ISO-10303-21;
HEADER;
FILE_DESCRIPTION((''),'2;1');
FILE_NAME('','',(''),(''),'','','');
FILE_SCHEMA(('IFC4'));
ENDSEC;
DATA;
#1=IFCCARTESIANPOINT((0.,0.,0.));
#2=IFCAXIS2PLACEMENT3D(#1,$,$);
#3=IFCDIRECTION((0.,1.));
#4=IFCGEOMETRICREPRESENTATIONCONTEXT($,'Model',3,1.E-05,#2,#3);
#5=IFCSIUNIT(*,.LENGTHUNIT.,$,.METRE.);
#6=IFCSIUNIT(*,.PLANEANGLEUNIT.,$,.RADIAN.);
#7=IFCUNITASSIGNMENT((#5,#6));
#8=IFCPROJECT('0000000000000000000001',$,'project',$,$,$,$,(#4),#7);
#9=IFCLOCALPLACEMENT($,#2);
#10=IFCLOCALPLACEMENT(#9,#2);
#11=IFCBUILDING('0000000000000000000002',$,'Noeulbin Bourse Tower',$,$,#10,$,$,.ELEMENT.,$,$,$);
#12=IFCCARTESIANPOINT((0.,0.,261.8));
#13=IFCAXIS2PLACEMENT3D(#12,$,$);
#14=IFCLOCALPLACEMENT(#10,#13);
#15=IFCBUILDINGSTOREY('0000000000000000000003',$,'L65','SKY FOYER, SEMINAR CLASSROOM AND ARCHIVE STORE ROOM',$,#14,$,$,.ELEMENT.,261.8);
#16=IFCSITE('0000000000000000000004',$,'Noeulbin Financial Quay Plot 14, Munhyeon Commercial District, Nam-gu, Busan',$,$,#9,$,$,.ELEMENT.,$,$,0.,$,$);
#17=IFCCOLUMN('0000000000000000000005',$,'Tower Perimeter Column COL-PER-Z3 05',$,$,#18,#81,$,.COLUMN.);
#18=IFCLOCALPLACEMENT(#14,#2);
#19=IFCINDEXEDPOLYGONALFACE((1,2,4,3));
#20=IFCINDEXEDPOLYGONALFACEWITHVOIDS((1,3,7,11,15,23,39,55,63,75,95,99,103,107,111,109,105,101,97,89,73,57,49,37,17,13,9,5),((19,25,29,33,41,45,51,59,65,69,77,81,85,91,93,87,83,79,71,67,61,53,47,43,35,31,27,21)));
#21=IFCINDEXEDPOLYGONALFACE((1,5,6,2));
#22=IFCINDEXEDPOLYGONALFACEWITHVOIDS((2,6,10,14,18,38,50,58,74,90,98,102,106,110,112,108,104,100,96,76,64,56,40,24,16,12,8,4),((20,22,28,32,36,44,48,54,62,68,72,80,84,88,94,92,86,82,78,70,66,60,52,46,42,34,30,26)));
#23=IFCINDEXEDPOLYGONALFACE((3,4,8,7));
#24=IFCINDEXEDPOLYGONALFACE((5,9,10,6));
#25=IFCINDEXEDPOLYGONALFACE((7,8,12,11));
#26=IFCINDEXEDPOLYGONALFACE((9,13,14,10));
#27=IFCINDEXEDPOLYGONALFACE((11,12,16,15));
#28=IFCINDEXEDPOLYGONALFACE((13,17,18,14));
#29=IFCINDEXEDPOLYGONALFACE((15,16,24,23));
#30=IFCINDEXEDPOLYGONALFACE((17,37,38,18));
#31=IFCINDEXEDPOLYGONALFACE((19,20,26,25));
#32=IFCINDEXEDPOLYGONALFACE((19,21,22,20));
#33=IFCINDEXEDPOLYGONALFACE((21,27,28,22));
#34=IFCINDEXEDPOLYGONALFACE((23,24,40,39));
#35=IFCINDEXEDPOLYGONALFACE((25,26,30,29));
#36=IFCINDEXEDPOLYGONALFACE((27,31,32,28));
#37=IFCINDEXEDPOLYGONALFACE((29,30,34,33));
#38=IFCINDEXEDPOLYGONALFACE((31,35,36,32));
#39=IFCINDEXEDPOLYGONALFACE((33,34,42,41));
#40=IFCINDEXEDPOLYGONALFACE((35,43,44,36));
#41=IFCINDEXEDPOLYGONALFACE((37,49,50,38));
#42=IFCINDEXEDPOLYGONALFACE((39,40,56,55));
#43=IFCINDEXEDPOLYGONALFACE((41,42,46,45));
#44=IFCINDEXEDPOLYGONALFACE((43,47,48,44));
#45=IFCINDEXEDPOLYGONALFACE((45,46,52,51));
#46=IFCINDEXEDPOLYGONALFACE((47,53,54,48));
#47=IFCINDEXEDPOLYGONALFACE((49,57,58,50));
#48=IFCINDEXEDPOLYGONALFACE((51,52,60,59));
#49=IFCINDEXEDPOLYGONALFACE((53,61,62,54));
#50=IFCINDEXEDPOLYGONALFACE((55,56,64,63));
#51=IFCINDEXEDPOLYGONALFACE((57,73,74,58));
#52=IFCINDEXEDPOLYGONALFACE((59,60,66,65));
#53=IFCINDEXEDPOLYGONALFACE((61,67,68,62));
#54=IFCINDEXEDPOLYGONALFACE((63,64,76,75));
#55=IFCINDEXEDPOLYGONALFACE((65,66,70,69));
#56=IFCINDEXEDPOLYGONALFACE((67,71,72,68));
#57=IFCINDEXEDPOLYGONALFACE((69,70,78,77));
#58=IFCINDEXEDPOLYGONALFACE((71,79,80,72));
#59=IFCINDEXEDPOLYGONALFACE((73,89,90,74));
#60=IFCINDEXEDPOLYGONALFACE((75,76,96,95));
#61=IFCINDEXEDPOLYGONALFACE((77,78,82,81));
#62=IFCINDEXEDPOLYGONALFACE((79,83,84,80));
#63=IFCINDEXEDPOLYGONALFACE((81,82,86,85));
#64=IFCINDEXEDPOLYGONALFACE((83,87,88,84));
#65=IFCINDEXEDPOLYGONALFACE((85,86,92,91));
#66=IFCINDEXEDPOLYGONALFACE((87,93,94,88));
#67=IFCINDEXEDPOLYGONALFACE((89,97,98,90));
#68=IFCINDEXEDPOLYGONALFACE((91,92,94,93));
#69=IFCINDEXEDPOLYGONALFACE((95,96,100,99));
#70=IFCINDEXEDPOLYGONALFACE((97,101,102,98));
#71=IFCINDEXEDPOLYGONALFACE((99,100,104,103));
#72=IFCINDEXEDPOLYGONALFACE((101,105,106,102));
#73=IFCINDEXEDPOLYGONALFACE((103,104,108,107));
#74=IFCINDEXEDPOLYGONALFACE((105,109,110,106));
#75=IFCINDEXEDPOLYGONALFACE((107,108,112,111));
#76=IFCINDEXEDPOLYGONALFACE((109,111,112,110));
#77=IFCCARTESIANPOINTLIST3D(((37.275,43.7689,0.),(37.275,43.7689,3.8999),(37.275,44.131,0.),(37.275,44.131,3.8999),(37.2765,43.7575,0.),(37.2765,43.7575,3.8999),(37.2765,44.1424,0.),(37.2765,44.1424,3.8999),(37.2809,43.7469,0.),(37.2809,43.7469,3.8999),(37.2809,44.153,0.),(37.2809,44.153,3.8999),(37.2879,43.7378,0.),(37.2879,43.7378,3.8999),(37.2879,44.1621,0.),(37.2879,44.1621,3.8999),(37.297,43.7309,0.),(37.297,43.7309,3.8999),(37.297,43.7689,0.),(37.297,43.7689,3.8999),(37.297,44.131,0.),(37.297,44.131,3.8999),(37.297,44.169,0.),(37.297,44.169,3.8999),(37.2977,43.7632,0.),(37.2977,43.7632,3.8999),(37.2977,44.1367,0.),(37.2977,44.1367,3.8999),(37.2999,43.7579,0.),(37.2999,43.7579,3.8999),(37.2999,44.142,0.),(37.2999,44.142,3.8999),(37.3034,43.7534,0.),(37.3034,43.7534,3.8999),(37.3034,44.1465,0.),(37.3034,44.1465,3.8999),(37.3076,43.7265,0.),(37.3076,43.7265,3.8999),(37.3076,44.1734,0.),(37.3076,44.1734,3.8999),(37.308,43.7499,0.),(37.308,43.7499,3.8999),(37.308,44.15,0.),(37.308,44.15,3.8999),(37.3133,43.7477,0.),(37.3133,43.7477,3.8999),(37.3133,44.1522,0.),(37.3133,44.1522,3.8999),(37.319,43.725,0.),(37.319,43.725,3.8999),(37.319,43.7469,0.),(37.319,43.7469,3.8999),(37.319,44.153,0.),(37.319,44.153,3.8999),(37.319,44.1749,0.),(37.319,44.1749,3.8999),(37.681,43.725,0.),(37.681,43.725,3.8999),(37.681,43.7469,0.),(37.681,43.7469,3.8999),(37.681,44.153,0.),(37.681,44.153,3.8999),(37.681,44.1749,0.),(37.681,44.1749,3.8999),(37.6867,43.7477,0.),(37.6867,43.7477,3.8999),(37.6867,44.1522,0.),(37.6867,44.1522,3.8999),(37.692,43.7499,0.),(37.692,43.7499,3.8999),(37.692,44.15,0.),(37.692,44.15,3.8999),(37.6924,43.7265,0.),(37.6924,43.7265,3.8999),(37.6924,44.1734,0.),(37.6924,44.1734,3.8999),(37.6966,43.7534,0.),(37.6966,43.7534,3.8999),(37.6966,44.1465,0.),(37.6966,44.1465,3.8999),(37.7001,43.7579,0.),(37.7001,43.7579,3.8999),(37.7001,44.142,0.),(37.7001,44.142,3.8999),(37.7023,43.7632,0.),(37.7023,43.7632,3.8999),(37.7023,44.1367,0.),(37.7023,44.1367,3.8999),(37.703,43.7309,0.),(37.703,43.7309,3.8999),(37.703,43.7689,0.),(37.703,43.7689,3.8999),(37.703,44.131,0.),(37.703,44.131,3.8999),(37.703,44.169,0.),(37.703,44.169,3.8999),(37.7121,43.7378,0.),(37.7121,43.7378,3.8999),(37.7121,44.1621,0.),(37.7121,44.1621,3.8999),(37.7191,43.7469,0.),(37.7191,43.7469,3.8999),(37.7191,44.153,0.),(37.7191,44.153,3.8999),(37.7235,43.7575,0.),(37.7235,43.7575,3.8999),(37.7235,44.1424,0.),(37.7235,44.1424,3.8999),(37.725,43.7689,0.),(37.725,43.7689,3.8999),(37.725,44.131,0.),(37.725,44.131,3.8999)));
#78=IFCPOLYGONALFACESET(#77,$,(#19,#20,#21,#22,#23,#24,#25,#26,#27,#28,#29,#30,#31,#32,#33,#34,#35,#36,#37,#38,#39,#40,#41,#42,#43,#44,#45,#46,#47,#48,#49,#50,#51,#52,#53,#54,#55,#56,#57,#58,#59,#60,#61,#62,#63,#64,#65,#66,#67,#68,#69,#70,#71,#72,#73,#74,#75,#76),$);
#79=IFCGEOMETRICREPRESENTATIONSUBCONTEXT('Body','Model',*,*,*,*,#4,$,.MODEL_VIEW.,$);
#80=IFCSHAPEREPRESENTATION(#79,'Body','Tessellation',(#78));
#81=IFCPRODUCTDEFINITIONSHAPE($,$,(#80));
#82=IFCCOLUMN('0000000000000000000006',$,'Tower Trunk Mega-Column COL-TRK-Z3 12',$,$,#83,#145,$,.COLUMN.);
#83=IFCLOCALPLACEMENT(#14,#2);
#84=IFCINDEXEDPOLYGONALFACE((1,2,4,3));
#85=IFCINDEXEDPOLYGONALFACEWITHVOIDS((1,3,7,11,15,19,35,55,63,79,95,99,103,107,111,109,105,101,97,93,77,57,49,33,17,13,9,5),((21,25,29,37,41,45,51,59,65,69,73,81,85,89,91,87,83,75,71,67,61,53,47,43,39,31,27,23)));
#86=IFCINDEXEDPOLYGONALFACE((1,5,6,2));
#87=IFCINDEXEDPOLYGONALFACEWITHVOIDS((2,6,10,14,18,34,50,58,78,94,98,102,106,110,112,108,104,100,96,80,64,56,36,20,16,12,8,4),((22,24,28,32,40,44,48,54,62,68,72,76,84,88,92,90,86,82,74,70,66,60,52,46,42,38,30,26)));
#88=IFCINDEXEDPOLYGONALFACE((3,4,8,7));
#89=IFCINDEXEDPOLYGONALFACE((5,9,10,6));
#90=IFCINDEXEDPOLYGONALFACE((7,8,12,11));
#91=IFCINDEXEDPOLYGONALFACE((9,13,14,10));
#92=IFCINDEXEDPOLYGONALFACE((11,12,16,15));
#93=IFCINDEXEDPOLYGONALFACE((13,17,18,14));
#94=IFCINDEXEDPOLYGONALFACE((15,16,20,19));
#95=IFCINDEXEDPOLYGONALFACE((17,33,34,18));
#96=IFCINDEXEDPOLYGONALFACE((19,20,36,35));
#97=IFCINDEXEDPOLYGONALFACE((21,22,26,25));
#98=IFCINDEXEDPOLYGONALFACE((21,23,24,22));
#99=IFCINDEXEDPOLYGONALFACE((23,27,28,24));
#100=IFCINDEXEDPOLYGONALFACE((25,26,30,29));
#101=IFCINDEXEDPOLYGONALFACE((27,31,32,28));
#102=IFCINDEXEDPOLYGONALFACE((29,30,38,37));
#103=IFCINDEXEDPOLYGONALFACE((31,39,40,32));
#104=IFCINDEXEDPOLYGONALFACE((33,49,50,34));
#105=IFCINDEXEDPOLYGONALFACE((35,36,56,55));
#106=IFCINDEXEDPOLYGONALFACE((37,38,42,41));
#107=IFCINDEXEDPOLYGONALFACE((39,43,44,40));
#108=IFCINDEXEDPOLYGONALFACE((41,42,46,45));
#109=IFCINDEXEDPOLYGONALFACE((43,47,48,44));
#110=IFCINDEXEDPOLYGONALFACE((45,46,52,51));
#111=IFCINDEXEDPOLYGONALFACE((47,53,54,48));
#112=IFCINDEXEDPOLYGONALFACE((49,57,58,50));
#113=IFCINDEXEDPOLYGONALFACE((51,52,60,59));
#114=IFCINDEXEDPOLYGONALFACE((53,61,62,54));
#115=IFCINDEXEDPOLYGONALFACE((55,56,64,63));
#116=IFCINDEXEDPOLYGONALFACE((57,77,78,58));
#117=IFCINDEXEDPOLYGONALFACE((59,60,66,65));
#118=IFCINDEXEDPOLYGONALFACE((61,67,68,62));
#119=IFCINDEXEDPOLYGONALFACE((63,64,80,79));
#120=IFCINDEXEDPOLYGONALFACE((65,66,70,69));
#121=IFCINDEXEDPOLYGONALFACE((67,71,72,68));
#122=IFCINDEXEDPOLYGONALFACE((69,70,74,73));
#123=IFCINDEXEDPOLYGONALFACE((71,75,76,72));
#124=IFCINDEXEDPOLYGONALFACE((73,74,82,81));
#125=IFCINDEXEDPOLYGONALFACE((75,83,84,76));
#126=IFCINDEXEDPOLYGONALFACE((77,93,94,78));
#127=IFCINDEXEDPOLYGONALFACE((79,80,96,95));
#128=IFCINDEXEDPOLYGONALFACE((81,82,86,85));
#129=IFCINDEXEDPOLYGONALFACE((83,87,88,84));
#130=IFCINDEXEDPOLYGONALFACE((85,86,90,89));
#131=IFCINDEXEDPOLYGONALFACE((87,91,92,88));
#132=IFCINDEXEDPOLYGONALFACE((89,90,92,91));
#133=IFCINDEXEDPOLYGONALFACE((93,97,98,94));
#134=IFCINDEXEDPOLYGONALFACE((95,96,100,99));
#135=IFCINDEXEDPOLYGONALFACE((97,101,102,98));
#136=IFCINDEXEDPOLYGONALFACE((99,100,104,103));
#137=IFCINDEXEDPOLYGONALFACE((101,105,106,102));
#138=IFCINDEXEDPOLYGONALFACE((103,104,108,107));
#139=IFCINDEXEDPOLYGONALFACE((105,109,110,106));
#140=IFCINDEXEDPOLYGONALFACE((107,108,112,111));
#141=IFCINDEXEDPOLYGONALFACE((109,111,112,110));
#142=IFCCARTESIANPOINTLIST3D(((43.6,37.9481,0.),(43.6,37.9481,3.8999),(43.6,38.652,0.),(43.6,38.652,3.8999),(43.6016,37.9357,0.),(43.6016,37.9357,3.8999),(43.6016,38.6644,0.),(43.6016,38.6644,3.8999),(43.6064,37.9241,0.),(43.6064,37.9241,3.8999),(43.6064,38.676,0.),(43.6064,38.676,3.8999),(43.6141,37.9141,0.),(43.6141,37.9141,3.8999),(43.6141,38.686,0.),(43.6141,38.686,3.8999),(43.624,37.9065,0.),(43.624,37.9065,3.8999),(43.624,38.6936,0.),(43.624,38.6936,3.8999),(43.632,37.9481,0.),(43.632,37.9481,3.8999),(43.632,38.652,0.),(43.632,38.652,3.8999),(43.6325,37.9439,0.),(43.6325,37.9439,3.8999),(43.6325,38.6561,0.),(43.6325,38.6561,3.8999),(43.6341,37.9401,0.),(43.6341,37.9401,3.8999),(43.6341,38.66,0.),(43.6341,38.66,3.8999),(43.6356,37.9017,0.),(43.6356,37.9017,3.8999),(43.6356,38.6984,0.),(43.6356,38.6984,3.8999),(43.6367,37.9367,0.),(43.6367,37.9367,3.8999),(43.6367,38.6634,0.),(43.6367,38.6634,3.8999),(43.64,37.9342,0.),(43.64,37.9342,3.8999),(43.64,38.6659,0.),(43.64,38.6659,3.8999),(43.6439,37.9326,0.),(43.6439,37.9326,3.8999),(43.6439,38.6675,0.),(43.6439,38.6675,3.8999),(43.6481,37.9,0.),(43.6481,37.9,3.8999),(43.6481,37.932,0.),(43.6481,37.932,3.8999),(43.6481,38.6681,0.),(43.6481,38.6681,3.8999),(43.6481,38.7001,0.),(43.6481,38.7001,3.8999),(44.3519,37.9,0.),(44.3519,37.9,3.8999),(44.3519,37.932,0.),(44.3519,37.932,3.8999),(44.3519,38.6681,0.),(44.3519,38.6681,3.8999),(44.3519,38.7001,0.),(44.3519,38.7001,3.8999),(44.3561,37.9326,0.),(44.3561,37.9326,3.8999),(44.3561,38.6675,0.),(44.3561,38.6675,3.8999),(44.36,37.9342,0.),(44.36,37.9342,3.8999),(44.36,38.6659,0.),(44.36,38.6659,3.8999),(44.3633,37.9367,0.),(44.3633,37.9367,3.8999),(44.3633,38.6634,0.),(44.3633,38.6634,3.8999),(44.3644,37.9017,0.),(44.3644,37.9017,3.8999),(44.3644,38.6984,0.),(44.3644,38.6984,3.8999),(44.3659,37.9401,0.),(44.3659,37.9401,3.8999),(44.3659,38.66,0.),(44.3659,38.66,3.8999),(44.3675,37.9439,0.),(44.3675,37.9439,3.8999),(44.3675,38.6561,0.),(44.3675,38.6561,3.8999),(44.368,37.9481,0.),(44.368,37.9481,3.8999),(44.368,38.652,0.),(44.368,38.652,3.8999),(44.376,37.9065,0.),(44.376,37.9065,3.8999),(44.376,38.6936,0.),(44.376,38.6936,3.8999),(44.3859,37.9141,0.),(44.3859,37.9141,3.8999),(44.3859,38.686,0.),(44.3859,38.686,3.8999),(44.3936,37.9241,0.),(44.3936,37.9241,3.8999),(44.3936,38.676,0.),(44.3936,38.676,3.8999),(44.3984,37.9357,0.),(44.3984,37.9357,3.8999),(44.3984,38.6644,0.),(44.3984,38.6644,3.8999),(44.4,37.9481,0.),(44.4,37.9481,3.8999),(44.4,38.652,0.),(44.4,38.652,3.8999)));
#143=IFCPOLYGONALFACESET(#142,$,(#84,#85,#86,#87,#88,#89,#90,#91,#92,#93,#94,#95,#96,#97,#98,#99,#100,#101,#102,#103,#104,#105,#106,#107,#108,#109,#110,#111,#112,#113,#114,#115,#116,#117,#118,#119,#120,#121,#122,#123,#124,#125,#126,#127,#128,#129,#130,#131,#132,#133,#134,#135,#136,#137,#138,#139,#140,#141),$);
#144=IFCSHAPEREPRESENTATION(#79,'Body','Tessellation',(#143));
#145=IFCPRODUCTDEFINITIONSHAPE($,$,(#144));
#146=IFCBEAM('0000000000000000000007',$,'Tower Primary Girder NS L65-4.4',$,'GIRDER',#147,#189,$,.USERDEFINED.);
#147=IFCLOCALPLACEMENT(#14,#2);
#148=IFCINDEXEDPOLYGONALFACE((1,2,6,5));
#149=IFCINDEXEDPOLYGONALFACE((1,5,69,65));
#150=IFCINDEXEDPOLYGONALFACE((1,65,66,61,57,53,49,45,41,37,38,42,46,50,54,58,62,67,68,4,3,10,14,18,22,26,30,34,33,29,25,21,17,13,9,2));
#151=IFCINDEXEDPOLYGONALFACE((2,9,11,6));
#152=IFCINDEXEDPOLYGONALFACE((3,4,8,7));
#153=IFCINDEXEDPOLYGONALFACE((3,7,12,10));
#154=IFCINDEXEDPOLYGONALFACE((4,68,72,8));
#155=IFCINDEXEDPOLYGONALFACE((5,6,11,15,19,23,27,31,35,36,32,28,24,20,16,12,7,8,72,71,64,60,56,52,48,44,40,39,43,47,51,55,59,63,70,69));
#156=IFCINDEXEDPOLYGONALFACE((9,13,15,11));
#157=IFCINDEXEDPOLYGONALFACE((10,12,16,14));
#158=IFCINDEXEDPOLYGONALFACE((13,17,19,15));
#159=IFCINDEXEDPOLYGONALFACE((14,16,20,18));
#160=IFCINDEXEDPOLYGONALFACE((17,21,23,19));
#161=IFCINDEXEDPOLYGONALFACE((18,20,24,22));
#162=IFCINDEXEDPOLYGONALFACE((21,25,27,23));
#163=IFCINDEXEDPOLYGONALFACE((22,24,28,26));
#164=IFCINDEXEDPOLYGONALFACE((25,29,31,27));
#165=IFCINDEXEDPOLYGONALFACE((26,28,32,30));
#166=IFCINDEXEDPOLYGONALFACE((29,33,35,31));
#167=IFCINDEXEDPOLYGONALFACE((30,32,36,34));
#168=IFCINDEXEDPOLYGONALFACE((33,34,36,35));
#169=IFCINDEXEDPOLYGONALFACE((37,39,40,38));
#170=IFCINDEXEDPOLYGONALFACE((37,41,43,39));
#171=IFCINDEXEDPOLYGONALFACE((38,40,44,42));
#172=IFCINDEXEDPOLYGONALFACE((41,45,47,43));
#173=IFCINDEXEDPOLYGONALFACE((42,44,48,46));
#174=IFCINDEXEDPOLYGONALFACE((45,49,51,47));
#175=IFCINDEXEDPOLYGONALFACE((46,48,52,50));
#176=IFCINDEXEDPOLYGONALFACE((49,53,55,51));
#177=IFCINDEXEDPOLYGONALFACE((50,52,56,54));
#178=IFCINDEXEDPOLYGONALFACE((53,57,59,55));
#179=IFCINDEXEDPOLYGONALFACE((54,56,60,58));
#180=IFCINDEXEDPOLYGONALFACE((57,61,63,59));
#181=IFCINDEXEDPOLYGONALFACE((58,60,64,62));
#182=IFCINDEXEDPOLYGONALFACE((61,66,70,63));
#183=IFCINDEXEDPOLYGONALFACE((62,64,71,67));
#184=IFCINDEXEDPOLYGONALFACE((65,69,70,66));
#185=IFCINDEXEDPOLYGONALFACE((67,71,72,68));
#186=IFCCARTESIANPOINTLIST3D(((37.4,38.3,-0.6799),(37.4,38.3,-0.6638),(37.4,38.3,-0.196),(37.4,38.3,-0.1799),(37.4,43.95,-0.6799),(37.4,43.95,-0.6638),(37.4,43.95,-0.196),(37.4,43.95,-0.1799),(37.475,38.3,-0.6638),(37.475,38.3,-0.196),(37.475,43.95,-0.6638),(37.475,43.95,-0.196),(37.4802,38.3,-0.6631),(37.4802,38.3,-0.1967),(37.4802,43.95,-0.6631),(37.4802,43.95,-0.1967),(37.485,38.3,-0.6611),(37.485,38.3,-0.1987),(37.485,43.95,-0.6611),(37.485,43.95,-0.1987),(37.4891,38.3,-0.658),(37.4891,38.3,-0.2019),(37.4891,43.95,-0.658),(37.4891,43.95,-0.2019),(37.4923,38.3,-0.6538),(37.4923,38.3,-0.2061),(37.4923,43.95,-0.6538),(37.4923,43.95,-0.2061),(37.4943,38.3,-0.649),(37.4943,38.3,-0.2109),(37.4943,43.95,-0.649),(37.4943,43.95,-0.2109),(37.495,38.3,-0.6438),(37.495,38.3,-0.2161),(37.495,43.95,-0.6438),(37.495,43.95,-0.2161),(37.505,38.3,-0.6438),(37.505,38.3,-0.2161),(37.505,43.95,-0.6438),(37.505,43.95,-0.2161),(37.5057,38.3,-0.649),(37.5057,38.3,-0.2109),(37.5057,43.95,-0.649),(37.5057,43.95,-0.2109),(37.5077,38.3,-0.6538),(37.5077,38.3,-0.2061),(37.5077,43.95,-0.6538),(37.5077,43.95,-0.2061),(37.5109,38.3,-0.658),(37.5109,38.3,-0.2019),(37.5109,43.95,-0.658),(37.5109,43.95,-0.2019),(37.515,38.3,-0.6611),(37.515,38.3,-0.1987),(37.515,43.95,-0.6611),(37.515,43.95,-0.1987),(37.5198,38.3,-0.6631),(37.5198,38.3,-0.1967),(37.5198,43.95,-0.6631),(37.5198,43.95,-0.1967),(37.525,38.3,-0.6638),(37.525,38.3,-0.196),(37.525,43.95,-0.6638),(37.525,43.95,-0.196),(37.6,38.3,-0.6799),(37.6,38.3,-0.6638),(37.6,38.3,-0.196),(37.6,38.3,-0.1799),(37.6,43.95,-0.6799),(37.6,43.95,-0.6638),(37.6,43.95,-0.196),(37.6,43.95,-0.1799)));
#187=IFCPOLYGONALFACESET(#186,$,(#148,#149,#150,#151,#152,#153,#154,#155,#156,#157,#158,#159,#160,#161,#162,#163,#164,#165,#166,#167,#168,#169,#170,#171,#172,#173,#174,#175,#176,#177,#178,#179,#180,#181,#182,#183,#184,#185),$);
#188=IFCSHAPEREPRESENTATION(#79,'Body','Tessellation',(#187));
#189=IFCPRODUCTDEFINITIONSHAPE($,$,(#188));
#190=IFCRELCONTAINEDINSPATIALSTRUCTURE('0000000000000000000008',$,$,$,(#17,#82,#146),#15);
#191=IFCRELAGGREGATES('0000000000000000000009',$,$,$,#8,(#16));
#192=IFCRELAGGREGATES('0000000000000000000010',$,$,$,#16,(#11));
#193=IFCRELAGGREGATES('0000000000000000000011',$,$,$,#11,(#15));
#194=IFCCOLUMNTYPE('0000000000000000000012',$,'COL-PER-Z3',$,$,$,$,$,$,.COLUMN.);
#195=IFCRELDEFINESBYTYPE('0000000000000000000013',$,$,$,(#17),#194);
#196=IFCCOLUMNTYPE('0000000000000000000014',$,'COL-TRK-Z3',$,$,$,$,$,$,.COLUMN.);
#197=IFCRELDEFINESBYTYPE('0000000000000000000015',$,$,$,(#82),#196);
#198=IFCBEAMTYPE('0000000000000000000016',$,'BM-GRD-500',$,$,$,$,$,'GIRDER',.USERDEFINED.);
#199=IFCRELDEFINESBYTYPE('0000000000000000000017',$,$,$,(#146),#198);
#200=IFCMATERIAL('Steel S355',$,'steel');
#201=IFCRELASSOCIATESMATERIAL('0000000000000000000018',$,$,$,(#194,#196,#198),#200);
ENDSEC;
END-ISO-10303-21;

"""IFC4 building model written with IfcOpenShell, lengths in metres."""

from ifc_helpers import new_model, si_unit, direction, frame, origin, origin_2d, place, context, subcontext, project, spatial, hollow_rectangle, i_section, extrude, material, material_profile, profile_set, type_object, element, save


model = new_model("IFC4")

# Units and contexts
model_context = context("Model", 3, precision=1e-05, world=origin(), true_north=direction((0.0, 1.0)))
body_context = subcontext(model_context, "Body", "Model", "MODEL_VIEW")
ifc_project = project(units=[si_unit("LENGTHUNIT", "METRE"), si_unit("PLANEANGLEUNIT", "RADIAN")], contexts=[model_context])

# Site, building, storey
site_placement = place(None, origin())
site = spatial("IfcSite", under=ifc_project, at=site_placement, Name="Noeulbin Financial Quay Plot 14, Munhyeon Commercial District, Nam-gu, Busan", CompositionType="ELEMENT", RefElevation=0.0)
building_placement = place(site_placement, origin())
building = spatial("IfcBuilding", under=site, at=building_placement, Name="Noeulbin Bourse Tower", CompositionType="ELEMENT")
storey_placement = place(building_placement, frame((0.0, 0.0, 261.8)))
storey = spatial("IfcBuildingStorey", under=building, at=storey_placement, Name="L65", Description="SKY FOYER, SEMINAR CLASSROOM AND ARCHIVE STORE ROOM", CompositionType="ELEMENT", Elevation=261.8)

# Columns
ifc_material_1 = material(Name="Steel S355", Category="steel")
ifc_material_profile_1 = material_profile(ifc_material_1, hollow_rectangle(XDim=0.45, YDim=0.45, WallThickness=0.022, InnerFilletRadius=0.022, OuterFilletRadius=0.0439, at=origin_2d()), Name="SHS-450x450x22", Category="LoadBearing")
ifc_profile_set_1 = profile_set([ifc_material_profile_1], Name="Steel S355")
column_type_1 = type_object("IfcColumnType", Name="COL-PER-Z3", PredefinedType="COLUMN", material=ifc_profile_set_1)
column_1_placement = place(storey_placement, frame((37.5, 43.95, 0.0), z_axis=(0.0, 0.0, 1.0), x_axis=(1.0, 0.0, 0.0)))
element("IfcColumn", 1, at=column_1_placement, inside=storey, type_object=column_type_1, Name="Tower Perimeter Column COL-PER-Z3 05", PredefinedType="COLUMN", context=body_context, shape_type="SweptSolid", body=[
    extrude(hollow_rectangle(XDim=0.45, YDim=0.45, WallThickness=0.022, InnerFilletRadius=0.022, OuterFilletRadius=0.0439, at=origin_2d()), origin(), (0.0, 0.0, 1.0), 3.8999),
])
ifc_material_profile_2 = material_profile(ifc_material_1, hollow_rectangle(XDim=0.8, YDim=0.8, WallThickness=0.032, InnerFilletRadius=0.0161, OuterFilletRadius=0.0481, at=origin_2d()), Name="BOX-800x800x32", Category="LoadBearing")
ifc_profile_set_2 = profile_set([ifc_material_profile_2], Name="Steel S355")
column_type_2 = type_object("IfcColumnType", Name="COL-TRK-Z3", PredefinedType="COLUMN", material=ifc_profile_set_2)
column_2_placement = place(storey_placement, frame((44.0, 38.3, 0.0), z_axis=(0.0, 0.0, 1.0), x_axis=(1.0, 0.0, 0.0)))
element("IfcColumn", 2, at=column_2_placement, inside=storey, type_object=column_type_2, Name="Tower Trunk Mega-Column COL-TRK-Z3 12", PredefinedType="COLUMN", context=body_context, shape_type="SweptSolid", body=[
    extrude(hollow_rectangle(XDim=0.8, YDim=0.8, WallThickness=0.032, InnerFilletRadius=0.0161, OuterFilletRadius=0.0481, at=origin_2d()), origin(), (0.0, 0.0, 1.0), 3.8999),
])

# Beam
ifc_material_profile_3 = material_profile(ifc_material_1, i_section(OverallWidth=0.2, OverallDepth=0.5, WebThickness=0.01, FlangeThickness=0.0161, FilletRadius=0.02, at=origin_2d()), Name="H-500x200x10x16", Category="LoadBearing")
ifc_profile_set_3 = profile_set([ifc_material_profile_3], Name="Steel S355")
beam_type_1 = type_object("IfcBeamType", Name="BM-GRD-500", ElementType="GIRDER", PredefinedType="USERDEFINED", material=ifc_profile_set_3)
beam_1_placement = place(storey_placement, frame((37.5, 38.3, -0.4299), z_axis=(0.0, 1.0, 0.0), x_axis=(-1.0, 0.0, 0.0)))
element("IfcBeam", 3, at=beam_1_placement, inside=storey, type_object=beam_type_1, Name="Tower Primary Girder NS L65-4.4", ObjectType="GIRDER", PredefinedType="USERDEFINED", context=body_context, shape_type="SweptSolid", body=[
    extrude(i_section(OverallWidth=0.2, OverallDepth=0.5, WebThickness=0.01, FlangeThickness=0.0161, FilletRadius=0.02, at=origin_2d()), origin(), (0.0, 0.0, 1.0), 5.6499),
])

save(model, "model.ifc")
